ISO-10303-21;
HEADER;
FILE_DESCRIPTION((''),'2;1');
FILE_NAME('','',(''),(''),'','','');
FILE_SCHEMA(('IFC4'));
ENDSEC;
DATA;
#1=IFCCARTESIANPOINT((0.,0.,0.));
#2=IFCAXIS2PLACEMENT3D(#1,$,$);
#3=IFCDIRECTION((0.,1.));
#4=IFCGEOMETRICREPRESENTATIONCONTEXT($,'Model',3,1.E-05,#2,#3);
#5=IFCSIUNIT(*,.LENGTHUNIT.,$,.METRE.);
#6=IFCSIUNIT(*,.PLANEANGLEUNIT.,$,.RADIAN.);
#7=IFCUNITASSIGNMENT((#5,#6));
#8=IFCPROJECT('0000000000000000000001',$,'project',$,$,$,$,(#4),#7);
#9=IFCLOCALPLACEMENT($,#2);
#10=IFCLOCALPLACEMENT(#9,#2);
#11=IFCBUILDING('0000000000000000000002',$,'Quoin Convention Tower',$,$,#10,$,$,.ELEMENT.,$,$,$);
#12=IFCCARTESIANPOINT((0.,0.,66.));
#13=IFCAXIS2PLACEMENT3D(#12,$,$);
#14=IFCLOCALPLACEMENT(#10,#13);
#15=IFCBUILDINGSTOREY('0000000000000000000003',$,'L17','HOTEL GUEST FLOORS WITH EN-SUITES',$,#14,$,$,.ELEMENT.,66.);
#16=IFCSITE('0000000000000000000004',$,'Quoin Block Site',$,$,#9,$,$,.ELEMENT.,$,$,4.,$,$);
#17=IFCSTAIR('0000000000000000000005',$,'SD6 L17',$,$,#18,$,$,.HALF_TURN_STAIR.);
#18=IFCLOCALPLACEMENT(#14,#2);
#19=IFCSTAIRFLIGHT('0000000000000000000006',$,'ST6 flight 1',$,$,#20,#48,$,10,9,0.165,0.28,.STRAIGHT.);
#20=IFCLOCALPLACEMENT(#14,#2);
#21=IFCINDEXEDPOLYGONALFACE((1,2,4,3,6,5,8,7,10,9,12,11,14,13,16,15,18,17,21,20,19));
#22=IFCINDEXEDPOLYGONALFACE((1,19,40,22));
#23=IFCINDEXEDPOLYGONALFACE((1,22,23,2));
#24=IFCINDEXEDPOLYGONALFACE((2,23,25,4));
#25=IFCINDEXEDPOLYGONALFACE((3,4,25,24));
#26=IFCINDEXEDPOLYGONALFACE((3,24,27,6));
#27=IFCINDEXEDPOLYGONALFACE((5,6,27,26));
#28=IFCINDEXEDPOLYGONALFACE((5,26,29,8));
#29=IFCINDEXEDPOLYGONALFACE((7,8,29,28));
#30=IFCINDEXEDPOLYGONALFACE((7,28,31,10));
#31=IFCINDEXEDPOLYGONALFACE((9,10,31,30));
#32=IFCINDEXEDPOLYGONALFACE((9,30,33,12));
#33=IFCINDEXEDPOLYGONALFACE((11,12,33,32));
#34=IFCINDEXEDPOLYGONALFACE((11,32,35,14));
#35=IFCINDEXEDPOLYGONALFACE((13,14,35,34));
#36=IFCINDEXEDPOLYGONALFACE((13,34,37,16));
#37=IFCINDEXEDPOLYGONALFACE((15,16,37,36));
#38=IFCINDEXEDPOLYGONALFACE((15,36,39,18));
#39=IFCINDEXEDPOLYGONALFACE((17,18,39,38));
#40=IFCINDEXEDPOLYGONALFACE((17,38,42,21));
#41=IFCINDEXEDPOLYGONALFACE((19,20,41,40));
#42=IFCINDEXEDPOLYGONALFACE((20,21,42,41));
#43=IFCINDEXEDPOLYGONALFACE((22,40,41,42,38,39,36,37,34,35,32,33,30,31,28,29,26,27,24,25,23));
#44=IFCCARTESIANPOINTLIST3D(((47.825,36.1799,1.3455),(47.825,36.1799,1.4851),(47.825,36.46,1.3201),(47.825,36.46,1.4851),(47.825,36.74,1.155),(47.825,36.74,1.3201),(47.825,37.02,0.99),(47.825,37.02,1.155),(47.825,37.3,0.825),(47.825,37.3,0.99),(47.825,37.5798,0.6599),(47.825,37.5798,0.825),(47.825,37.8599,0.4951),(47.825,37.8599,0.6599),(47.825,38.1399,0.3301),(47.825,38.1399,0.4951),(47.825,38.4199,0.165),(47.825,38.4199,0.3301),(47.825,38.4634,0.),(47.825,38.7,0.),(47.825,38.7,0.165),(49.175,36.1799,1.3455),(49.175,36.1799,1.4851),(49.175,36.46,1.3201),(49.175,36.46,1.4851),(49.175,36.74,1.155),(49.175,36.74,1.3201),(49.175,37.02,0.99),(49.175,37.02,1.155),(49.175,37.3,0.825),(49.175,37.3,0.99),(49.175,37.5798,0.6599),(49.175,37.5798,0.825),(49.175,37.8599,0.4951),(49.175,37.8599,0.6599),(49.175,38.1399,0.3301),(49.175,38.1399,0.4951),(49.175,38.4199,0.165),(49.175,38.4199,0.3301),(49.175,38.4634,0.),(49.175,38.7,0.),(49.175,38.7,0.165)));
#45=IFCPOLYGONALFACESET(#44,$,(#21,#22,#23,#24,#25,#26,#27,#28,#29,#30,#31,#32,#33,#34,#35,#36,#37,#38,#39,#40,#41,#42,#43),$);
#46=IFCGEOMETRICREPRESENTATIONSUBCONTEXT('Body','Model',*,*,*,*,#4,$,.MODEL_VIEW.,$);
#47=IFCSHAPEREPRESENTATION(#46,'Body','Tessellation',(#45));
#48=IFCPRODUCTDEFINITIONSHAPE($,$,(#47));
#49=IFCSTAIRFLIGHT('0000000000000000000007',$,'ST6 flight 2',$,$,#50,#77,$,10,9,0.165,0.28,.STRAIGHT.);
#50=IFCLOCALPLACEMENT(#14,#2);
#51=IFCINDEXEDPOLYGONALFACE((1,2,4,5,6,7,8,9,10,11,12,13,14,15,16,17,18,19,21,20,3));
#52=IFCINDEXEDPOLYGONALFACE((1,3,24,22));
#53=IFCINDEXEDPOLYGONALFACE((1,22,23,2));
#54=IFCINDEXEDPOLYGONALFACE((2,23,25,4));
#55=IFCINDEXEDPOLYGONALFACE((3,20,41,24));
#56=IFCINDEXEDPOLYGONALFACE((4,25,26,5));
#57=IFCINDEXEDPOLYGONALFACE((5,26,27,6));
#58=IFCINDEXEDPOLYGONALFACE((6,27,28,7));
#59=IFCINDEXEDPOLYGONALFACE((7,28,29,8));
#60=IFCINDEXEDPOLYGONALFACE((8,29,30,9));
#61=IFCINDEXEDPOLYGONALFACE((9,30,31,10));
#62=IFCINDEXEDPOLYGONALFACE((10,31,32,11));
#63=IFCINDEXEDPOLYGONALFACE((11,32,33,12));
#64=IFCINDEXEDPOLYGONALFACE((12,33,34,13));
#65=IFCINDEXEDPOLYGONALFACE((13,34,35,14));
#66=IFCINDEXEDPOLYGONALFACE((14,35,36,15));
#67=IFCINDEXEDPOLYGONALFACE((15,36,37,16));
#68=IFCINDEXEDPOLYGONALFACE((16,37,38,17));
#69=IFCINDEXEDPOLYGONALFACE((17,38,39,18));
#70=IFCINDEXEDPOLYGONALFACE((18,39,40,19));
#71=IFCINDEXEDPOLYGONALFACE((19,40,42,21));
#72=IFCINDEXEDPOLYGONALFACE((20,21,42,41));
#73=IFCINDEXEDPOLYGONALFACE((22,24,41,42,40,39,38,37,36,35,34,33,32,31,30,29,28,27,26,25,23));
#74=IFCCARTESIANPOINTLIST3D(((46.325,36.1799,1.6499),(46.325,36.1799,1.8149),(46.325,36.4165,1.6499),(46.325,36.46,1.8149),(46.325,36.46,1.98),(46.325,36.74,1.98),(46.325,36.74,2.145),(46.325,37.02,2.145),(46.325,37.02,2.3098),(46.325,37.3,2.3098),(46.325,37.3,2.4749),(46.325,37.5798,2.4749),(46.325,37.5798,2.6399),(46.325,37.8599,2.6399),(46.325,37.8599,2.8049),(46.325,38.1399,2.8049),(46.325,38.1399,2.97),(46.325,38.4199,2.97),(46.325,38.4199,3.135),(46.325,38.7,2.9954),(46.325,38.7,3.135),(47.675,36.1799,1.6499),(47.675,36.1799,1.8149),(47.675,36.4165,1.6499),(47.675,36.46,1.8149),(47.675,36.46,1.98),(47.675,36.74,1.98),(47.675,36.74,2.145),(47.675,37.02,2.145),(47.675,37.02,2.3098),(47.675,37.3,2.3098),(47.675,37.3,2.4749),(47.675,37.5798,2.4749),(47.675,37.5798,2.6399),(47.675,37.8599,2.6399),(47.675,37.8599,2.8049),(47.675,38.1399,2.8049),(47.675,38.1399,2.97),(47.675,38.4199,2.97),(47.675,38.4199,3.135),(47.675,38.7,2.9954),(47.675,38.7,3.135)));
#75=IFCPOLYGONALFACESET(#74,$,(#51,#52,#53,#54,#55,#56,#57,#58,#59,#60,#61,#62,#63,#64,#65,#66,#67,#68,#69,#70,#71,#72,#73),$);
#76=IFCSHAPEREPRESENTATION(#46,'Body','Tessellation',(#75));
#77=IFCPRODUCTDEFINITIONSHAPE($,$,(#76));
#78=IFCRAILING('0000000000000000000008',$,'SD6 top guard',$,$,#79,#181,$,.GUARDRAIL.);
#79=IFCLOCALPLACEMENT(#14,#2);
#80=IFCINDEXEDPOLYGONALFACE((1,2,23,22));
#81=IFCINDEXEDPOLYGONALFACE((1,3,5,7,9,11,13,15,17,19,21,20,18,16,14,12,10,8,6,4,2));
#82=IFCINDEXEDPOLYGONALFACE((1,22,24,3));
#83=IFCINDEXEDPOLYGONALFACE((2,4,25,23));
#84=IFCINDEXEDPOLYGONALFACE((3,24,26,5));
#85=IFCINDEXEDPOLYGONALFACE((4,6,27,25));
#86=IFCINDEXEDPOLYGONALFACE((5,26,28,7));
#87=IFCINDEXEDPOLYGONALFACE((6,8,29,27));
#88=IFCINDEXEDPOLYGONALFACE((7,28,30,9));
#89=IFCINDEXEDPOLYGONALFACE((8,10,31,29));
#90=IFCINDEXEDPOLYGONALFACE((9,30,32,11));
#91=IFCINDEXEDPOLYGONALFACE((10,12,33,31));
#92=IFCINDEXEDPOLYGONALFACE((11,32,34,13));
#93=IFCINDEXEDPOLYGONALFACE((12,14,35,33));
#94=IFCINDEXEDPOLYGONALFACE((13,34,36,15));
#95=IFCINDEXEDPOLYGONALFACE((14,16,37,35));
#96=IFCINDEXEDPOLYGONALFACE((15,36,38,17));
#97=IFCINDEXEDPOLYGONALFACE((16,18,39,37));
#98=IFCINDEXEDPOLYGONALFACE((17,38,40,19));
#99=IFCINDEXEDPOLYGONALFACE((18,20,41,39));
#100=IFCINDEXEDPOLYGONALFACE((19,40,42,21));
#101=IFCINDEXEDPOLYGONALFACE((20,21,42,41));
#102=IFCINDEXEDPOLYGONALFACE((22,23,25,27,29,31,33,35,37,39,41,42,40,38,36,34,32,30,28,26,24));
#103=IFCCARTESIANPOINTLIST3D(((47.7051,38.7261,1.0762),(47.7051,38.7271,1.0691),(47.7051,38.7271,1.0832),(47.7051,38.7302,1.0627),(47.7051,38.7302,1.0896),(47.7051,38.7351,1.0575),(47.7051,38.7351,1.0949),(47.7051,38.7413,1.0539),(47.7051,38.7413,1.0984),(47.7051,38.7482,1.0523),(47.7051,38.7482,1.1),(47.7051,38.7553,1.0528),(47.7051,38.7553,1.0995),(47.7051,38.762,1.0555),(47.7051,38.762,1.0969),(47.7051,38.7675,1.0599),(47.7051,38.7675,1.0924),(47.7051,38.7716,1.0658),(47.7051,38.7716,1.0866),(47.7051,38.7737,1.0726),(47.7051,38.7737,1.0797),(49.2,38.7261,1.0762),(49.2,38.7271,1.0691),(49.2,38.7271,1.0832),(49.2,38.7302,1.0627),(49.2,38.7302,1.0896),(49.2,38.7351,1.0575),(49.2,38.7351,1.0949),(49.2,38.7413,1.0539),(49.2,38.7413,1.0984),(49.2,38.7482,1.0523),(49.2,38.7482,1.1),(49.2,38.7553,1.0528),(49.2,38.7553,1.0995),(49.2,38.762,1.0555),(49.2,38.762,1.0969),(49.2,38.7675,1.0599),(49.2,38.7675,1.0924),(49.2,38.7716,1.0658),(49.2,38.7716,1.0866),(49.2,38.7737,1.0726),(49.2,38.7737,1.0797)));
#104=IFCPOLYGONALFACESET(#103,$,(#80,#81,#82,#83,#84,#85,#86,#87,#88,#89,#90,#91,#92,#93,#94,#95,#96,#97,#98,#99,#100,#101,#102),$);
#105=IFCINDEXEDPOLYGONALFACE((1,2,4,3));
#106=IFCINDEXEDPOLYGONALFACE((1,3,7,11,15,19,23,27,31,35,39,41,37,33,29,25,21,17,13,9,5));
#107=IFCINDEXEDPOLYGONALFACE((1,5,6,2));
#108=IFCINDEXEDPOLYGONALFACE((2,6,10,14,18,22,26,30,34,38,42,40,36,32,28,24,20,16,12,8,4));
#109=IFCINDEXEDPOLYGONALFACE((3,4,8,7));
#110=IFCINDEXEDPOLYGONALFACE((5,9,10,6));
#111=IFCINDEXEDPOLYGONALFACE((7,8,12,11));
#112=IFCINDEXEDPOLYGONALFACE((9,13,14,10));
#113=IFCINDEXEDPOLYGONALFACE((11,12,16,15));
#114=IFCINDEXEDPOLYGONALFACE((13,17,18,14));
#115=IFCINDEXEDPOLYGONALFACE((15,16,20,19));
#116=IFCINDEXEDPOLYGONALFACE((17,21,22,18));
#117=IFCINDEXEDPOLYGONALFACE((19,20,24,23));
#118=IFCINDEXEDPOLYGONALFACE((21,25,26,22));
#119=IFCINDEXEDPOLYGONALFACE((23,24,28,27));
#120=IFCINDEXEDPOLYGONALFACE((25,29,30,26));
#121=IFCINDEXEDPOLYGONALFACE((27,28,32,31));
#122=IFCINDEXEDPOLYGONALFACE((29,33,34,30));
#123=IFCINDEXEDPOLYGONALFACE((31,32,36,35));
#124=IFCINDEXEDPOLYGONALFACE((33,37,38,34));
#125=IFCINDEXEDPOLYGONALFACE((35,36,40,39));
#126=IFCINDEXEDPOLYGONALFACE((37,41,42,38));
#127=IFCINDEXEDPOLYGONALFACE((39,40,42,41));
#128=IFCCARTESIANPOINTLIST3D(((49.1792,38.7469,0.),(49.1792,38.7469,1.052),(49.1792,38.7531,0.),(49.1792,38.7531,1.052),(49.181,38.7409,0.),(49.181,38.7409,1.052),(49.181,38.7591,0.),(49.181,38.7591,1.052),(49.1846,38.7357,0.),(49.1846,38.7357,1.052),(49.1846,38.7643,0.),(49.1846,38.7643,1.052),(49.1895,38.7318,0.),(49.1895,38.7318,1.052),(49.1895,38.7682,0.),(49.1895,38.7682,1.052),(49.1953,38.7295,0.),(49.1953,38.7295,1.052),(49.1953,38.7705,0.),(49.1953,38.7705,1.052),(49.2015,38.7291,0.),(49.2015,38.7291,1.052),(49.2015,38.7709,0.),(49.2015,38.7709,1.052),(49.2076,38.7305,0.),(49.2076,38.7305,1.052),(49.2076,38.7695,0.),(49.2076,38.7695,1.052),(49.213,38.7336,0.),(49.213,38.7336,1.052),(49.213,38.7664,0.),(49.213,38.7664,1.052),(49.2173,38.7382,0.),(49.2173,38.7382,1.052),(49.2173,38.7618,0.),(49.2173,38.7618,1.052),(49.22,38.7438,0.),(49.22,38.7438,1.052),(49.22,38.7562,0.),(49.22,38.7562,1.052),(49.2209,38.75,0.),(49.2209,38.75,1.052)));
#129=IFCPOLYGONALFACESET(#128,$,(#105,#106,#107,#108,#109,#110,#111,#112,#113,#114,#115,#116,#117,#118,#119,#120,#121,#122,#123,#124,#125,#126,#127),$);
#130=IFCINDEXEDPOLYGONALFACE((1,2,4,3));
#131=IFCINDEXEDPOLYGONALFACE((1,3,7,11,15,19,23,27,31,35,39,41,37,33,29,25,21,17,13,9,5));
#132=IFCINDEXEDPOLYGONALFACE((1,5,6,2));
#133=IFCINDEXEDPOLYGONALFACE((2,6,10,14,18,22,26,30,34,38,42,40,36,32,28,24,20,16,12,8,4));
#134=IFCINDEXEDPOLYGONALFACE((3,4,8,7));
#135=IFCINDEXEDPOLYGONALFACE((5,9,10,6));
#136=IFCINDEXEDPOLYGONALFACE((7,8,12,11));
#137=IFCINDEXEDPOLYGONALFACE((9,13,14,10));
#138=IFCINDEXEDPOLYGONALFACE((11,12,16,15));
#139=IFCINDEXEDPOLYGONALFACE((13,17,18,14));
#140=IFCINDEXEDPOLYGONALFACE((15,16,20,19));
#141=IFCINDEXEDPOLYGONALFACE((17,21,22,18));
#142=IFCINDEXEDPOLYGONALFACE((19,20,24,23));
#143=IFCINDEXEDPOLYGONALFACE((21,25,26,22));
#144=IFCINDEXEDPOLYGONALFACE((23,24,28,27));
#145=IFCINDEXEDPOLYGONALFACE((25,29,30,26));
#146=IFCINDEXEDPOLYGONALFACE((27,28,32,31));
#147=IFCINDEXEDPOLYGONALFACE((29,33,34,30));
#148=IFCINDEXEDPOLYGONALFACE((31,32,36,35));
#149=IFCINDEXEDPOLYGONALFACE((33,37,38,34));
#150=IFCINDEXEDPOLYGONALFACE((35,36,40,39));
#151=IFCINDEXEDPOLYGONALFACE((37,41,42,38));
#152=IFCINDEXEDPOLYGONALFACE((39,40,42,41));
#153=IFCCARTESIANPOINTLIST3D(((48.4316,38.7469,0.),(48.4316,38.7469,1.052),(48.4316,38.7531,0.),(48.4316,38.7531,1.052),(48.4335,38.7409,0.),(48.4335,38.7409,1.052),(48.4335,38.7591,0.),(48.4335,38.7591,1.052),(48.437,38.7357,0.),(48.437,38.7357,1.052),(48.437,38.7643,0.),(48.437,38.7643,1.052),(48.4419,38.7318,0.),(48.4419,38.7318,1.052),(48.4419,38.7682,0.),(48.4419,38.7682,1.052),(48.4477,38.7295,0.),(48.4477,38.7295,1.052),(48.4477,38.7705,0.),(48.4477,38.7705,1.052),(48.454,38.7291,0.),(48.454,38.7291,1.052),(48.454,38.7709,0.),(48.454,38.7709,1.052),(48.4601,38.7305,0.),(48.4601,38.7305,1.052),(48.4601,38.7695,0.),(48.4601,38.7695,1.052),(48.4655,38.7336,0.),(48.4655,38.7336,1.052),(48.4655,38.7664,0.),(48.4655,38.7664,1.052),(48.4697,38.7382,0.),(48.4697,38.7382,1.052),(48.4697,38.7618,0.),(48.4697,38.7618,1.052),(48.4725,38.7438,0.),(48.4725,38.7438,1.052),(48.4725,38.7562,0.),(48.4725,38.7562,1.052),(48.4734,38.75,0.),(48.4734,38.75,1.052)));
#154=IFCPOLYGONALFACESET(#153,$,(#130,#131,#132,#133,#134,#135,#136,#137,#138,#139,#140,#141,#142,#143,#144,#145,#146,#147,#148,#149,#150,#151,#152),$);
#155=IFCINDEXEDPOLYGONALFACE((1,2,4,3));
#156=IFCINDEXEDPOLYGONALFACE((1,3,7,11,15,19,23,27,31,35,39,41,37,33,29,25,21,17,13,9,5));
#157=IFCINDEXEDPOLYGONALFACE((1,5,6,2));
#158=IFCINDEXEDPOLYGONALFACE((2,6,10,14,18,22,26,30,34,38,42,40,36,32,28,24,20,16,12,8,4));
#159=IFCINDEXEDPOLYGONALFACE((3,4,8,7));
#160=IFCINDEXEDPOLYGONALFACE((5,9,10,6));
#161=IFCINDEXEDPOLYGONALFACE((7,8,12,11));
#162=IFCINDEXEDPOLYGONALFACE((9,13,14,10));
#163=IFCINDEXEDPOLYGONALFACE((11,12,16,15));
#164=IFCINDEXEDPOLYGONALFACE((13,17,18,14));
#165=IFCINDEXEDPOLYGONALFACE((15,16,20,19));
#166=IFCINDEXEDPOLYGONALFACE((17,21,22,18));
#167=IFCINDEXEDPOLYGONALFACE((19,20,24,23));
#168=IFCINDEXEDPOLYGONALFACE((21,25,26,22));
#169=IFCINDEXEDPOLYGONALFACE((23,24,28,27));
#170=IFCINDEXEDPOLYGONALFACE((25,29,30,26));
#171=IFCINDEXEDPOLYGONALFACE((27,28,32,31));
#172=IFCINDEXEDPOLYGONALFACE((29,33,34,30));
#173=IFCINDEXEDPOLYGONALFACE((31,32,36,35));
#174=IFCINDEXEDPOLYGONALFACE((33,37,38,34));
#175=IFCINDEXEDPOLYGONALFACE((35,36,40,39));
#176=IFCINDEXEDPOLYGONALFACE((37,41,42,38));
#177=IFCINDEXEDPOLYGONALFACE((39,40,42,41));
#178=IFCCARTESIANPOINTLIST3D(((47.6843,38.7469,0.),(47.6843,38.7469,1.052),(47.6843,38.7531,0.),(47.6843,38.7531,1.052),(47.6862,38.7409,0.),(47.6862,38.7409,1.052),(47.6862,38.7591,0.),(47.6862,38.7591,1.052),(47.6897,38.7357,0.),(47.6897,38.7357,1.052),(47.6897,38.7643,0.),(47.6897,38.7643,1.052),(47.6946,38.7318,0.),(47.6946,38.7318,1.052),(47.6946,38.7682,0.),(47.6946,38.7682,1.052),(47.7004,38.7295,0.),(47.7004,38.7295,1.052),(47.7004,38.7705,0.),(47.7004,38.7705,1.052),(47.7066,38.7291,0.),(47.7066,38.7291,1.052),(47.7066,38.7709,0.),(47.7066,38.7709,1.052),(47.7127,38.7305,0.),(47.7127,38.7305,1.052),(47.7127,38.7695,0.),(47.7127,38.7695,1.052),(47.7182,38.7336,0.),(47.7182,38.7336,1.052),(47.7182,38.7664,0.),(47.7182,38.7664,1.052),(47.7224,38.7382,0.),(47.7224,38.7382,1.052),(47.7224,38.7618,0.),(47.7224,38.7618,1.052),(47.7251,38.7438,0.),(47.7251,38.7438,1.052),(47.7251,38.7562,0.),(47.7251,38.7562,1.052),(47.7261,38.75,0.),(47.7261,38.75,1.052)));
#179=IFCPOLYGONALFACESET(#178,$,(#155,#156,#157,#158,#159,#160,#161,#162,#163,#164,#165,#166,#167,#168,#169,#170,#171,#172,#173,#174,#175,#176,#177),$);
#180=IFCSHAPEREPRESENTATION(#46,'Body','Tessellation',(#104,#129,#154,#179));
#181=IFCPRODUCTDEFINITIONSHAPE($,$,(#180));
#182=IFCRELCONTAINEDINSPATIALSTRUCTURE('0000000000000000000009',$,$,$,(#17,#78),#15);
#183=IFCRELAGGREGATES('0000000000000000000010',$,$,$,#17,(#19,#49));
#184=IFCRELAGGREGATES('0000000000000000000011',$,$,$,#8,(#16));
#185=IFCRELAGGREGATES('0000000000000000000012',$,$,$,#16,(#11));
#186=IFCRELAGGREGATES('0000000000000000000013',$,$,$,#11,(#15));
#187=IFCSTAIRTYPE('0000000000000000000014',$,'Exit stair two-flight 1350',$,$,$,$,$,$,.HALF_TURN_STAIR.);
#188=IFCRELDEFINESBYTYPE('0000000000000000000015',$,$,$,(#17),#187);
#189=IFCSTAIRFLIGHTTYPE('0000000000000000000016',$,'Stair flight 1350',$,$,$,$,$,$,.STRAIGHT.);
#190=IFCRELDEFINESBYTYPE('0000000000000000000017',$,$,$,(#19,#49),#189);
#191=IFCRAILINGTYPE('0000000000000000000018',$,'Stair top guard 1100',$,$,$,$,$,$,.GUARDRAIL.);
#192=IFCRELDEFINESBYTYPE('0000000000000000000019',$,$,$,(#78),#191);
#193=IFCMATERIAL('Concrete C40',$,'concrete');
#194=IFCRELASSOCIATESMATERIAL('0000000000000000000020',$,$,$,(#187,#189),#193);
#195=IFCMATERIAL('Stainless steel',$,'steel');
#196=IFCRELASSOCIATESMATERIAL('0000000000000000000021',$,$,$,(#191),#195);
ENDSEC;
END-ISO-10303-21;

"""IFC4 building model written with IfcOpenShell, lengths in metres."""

from ifc_helpers import new_model, si_unit, direction, frame, origin, origin_2d, place, context, subcontext, project, spatial, polyline, circle, outline, extrude, material, type_object, element, aggregate, save


model = new_model("IFC4")

# Units and contexts
model_context = context("Model", 3, precision=1e-05, world=origin(), true_north=direction((0.0, 1.0)))
body_context = subcontext(model_context, "Body", "Model", "MODEL_VIEW")
ifc_project = project(units=[si_unit("LENGTHUNIT", "METRE"), si_unit("PLANEANGLEUNIT", "RADIAN")], contexts=[model_context])

# Site, building, storey
site_placement = place(None, origin())
site = spatial("IfcSite", under=ifc_project, at=site_placement, Name="Quoin Block Site", CompositionType="ELEMENT", RefElevation=4.0)
building_placement = place(site_placement, origin())
building = spatial("IfcBuilding", under=site, at=building_placement, Name="Quoin Convention Tower", CompositionType="ELEMENT")
storey_placement = place(building_placement, frame((0.0, 0.0, 66.0)))
storey = spatial("IfcBuildingStorey", under=building, at=storey_placement, Name="L17", Description="HOTEL GUEST FLOORS WITH EN-SUITES", CompositionType="ELEMENT", Elevation=66.0)

# Shared definitions
ifc_material_1 = material(Name="Concrete C40", Category="concrete")
stair_type = type_object("IfcStairType", Name="Exit stair two-flight 1350", PredefinedType="HALF_TURN_STAIR", material=ifc_material_1)
stair_flight_type = type_object("IfcStairFlightType", Name="Stair flight 1350", PredefinedType="STRAIGHT", material=ifc_material_1)

# Stair, stair flights
stair_1_placement = place(storey_placement, origin())
stair_1 = element("IfcStair", 1, at=stair_1_placement, inside=storey, type_object=stair_type, Name="SD6 L17", PredefinedType="HALF_TURN_STAIR")
stair_flight_1_placement = place(storey_placement, frame((48.5, 38.7, 0.0), z_axis=(0.0, 0.0, 1.0), x_axis=(0.0, -1.0, 0.0)))
stair_flight_1 = element("IfcStairFlight", 2, at=stair_flight_1_placement, type_object=stair_flight_type, Name="ST6 flight 1", NumberOfRisers=10, NumberOfTreads=9, PredefinedType="STRAIGHT", RiserHeight=0.165, TreadLength=0.28, context=body_context, shape_type="SweptSolid", body=[
    extrude(outline(polyline([(0.0, 0.0), (0.0, 0.165), (0.28, 0.165), (0.28, 0.3301), (0.5601, 0.3301), (0.5601, 0.4951), (0.8401, 0.4951), (0.8401, 0.6599), (1.1201, 0.6599), (1.1201, 0.825), (1.3999, 0.825), (1.3999, 0.99), (1.6799, 0.99), (1.6799, 1.155), (1.96, 1.155), (1.96, 1.3201), (2.24, 1.3201), (2.24, 1.4851), (2.52, 1.4851), (2.52, 1.6499), (2.52, 1.3455), (0.2366, 0.0), (0.0, 0.0)])), frame((0.0, 0.675, 0.0), z_axis=(0.0, -1.0, 0.0), x_axis=(1.0, 0.0, 0.0)), (0.0, 0.0, 1.0), 1.3501),
])
stair_flight_2_placement = place(storey_placement, frame((47.0, 36.1799, 1.6499), z_axis=(0.0, 0.0, 1.0), x_axis=(0.0, 1.0, 0.0)))
stair_flight_2 = element("IfcStairFlight", 3, at=stair_flight_2_placement, type_object=stair_flight_type, Name="ST6 flight 2", NumberOfRisers=10, NumberOfTreads=9, PredefinedType="STRAIGHT", RiserHeight=0.165, TreadLength=0.28, context=body_context, shape_type="SweptSolid", body=[
    extrude(outline(polyline([(0.0, 0.0), (0.0, 0.165), (0.28, 0.165), (0.28, 0.3301), (0.5601, 0.3301), (0.5601, 0.4951), (0.8401, 0.4951), (0.8401, 0.6599), (1.1201, 0.6599), (1.1201, 0.825), (1.3999, 0.825), (1.3999, 0.99), (1.6799, 0.99), (1.6799, 1.155), (1.96, 1.155), (1.96, 1.3201), (2.24, 1.3201), (2.24, 1.4851), (2.52, 1.4851), (2.52, 1.6499), (2.52, 1.3455), (0.2366, 0.0), (0.0, 0.0)])), frame((0.0, 0.675, 0.0), z_axis=(0.0, -1.0, 0.0), x_axis=(1.0, 0.0, 0.0)), (0.0, 0.0, 1.0), 1.3501),
])
aggregate(stair_1, [stair_flight_1, stair_flight_2])

# Railing
ifc_material_2 = material(Name="Stainless steel", Category="steel")
railing_type_1 = type_object("IfcRailingType", Name="Stair top guard 1100", PredefinedType="GUARDRAIL", material=ifc_material_2)
railing_1_placement = place(storey_placement, frame((49.2, 38.75, 0.0)))
element("IfcRailing", 4, at=railing_1_placement, inside=storey, type_object=railing_type_1, Name="SD6 top guard", PredefinedType="GUARDRAIL", context=body_context, shape_type="SweptSolid", body=[
    extrude(circle(Radius=0.0239, at=origin_2d()), frame((0.0, 0.0, 1.0762), z_axis=(-1.0, 0.0, 0.0), x_axis=(0.0, -1.0, 0.0)), (0.0, 0.0, 1.0), 1.4949),
    extrude(circle(Radius=0.021, at=origin_2d()), origin(), (0.0, 0.0, 1.0), 1.052),
    extrude(circle(Radius=0.021, at=origin_2d()), frame((-0.7476, 0.0, 0.0)), (0.0, 0.0, 1.0), 1.052),
    extrude(circle(Radius=0.021, at=origin_2d()), frame((-1.4949, 0.0, 0.0)), (0.0, 0.0, 1.0), 1.052),
])

save(model, "model.ifc")
